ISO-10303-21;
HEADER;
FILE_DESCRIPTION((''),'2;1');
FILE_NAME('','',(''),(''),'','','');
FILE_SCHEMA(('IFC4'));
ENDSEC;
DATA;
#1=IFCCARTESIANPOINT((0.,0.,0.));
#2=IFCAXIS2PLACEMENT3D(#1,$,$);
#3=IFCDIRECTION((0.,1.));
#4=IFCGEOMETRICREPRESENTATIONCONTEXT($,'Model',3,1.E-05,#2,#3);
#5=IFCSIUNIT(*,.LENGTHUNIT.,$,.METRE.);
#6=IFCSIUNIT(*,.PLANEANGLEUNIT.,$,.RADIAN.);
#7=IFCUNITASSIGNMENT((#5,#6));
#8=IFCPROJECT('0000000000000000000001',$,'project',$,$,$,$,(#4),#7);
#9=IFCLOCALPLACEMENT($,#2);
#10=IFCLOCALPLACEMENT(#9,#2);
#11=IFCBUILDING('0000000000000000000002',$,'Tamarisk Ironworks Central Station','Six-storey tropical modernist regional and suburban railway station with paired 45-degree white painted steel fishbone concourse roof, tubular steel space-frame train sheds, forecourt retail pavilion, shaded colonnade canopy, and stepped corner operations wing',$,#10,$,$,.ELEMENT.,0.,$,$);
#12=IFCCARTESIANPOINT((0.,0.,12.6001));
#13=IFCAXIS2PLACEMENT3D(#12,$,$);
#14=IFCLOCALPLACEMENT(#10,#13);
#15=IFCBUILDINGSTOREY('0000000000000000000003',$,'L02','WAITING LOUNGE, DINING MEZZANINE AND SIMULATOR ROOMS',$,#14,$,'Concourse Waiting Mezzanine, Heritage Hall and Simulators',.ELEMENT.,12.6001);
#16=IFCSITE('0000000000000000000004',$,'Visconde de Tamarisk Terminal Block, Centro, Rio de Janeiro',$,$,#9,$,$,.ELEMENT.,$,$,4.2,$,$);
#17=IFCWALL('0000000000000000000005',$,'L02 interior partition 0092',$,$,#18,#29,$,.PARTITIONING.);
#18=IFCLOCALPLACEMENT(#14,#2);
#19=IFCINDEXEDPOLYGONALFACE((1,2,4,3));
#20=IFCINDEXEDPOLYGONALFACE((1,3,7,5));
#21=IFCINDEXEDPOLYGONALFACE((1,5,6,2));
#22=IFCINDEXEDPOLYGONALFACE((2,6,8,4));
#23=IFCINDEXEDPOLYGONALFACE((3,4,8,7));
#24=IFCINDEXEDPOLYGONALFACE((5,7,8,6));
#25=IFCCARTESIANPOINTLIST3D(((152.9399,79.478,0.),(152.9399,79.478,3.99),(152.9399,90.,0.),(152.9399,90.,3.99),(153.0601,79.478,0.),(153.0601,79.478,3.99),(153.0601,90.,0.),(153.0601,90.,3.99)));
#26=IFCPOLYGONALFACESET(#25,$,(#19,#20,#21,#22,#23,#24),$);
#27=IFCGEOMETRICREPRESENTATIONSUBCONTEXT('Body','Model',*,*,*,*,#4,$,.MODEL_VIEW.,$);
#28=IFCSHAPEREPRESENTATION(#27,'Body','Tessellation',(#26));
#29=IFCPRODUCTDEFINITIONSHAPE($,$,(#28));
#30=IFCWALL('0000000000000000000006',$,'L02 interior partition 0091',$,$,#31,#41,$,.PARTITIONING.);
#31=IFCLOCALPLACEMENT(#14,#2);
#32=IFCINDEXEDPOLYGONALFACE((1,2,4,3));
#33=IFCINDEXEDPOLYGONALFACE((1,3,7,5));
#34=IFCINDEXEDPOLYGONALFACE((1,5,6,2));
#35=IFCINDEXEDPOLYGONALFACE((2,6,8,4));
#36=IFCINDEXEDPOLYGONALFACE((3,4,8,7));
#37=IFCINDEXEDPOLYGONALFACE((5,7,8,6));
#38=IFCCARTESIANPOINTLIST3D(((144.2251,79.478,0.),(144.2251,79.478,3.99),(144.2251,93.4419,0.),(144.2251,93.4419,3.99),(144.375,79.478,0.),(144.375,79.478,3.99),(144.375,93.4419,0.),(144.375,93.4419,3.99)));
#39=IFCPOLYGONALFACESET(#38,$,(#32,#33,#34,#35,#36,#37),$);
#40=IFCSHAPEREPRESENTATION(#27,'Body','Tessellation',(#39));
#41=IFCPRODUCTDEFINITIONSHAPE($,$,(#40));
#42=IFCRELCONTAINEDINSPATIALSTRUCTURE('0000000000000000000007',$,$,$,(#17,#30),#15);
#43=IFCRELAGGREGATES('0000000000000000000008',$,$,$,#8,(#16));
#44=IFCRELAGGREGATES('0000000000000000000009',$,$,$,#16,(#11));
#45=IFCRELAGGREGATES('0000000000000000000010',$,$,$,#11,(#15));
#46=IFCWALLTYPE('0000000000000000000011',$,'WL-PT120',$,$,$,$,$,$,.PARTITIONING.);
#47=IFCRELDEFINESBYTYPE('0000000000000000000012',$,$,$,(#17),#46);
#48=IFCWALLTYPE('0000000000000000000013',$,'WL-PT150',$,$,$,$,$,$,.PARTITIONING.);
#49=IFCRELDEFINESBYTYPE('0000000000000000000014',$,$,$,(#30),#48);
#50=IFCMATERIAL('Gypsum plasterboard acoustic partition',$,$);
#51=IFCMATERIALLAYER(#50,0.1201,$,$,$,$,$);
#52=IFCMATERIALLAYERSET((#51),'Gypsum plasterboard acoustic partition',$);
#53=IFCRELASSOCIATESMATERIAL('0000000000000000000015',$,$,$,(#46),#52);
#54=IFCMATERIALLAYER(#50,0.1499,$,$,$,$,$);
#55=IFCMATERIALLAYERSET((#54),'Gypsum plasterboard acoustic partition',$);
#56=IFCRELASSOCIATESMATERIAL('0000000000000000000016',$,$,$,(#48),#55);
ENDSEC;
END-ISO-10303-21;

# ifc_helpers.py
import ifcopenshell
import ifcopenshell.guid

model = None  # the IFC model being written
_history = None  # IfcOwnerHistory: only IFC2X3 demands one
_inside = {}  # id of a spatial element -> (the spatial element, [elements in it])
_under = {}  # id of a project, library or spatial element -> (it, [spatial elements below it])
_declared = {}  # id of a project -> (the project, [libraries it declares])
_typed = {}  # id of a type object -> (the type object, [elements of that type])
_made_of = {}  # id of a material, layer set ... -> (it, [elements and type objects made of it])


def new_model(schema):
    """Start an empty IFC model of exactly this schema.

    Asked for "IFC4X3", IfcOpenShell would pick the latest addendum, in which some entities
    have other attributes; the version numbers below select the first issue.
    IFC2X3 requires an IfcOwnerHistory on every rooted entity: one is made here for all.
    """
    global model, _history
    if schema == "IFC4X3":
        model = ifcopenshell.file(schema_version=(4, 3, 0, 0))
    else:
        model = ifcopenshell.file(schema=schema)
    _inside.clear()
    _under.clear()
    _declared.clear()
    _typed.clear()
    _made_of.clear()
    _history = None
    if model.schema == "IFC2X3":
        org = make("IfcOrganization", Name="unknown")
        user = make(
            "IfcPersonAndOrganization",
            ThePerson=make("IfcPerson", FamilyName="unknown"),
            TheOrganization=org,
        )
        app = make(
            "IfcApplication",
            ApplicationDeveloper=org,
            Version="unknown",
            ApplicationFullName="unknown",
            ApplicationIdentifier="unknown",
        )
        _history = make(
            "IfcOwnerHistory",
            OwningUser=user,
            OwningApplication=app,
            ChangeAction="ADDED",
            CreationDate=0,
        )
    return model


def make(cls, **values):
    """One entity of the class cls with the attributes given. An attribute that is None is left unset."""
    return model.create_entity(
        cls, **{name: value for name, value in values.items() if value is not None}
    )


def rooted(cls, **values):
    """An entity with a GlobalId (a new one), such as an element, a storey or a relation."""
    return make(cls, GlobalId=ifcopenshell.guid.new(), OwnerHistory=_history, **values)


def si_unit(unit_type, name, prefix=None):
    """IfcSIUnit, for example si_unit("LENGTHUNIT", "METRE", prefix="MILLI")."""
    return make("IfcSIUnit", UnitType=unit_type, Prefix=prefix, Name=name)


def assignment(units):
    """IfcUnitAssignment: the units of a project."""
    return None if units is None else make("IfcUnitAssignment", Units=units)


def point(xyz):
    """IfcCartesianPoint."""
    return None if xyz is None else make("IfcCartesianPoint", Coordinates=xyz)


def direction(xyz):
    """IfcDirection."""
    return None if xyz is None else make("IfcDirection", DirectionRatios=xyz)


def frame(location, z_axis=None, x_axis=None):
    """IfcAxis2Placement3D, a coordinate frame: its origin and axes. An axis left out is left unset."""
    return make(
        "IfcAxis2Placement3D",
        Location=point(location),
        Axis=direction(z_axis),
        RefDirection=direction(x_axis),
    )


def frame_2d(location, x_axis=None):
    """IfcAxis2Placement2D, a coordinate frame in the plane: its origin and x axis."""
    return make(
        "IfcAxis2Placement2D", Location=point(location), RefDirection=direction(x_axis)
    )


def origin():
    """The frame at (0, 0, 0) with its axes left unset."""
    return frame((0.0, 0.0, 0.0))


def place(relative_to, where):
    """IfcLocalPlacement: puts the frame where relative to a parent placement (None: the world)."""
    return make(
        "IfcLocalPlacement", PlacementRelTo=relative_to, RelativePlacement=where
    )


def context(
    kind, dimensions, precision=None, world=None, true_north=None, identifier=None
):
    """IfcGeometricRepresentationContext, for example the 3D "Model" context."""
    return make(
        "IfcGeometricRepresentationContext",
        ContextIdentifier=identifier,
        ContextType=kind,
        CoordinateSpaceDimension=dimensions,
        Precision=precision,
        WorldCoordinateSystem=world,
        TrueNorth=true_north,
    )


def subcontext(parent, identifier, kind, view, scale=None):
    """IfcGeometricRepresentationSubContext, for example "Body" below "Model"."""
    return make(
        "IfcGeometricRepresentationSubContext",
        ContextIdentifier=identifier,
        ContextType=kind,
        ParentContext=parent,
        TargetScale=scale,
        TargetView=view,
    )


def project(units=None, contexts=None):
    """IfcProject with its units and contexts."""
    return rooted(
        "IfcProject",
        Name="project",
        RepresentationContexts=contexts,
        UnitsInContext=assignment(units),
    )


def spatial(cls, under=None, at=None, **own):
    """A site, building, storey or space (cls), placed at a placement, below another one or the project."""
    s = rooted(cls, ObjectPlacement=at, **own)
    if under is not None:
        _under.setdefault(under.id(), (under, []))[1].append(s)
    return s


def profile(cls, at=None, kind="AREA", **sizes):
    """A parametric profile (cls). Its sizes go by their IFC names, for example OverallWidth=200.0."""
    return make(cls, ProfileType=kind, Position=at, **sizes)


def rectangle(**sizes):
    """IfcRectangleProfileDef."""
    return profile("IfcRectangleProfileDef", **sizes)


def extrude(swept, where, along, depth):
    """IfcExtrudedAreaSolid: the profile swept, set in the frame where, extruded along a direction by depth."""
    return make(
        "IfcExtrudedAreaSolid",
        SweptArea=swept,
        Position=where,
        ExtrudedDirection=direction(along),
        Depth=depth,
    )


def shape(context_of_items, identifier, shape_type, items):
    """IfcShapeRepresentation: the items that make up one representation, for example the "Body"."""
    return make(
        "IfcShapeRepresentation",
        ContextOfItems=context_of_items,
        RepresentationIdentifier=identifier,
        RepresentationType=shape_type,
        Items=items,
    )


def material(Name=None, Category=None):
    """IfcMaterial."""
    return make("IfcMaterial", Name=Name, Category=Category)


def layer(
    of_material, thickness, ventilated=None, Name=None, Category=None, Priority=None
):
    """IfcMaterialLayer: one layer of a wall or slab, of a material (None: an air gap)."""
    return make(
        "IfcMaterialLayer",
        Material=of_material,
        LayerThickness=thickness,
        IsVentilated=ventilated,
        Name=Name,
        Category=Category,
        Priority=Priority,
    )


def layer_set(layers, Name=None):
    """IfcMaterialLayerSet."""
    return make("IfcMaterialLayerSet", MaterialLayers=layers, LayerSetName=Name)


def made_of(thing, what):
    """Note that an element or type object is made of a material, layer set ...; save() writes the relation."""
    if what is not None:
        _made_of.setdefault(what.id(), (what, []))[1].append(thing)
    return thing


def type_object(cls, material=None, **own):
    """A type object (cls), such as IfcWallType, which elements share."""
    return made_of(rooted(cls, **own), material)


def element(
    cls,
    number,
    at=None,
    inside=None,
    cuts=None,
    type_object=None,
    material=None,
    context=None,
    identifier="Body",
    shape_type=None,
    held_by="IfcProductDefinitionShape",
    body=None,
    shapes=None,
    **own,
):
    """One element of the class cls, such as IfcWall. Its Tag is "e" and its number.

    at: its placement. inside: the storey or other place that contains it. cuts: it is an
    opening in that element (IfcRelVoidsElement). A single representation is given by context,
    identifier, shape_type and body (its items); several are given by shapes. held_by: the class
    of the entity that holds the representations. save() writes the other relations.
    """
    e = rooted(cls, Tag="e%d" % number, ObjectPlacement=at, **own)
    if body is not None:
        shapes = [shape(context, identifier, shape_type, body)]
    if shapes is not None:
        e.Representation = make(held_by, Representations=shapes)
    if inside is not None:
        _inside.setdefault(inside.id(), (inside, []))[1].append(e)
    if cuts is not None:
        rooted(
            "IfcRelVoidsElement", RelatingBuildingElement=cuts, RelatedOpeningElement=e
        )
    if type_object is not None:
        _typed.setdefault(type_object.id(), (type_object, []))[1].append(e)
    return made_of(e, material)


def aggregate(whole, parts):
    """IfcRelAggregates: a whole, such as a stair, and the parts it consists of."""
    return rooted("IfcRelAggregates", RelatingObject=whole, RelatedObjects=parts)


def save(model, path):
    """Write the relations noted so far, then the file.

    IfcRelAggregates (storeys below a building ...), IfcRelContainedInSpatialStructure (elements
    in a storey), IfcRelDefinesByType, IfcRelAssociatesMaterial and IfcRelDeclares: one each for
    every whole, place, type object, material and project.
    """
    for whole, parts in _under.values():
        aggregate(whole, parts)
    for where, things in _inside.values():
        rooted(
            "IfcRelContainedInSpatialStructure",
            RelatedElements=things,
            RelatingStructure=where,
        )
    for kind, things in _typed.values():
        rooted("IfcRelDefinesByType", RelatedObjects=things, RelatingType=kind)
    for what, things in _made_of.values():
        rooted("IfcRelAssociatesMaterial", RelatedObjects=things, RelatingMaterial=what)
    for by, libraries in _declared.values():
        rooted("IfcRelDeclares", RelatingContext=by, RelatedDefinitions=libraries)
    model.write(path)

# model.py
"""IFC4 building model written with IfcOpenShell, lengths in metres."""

from ifc_helpers import new_model, si_unit, direction, frame, frame_2d, origin, place, context, subcontext, project, spatial, rectangle, extrude, material, layer, layer_set, type_object, element, save


model = new_model("IFC4")

# Units and contexts
model_context = context("Model", 3, precision=1e-05, world=origin(), true_north=direction((0.0, 1.0)))
body_context = subcontext(model_context, "Body", "Model", "MODEL_VIEW")
ifc_project = project(units=[si_unit("LENGTHUNIT", "METRE"), si_unit("PLANEANGLEUNIT", "RADIAN")], contexts=[model_context])

# Site, building, storey
site_placement = place(None, origin())
site = spatial("IfcSite", under=ifc_project, at=site_placement, Name="Visconde de Tamarisk Terminal Block, Centro, Rio de Janeiro", CompositionType="ELEMENT", RefElevation=4.2)
building_placement = place(site_placement, origin())
building = spatial("IfcBuilding", under=site, at=building_placement, Name="Tamarisk Ironworks Central Station", Description="Six-storey tropical modernist regional and suburban railway station with paired 45-degree white painted steel fishbone concourse roof, tubular steel space-frame train sheds, forecourt retail pavilion, shaded colonnade canopy, and stepped corner operations wing", CompositionType="ELEMENT", ElevationOfRefHeight=0.0)
storey_placement = place(building_placement, frame((0.0, 0.0, 12.6001)))
storey = spatial("IfcBuildingStorey", under=building, at=storey_placement, Name="L02", Description="WAITING LOUNGE, DINING MEZZANINE AND SIMULATOR ROOMS", LongName="Concourse Waiting Mezzanine, Heritage Hall and Simulators", CompositionType="ELEMENT", Elevation=12.6001)

# Walls
ifc_material_1 = material(Name="Gypsum plasterboard acoustic partition")
ifc_layer_1 = layer(ifc_material_1, 0.1201)
ifc_layer_set_1 = layer_set([ifc_layer_1], Name="Gypsum plasterboard acoustic partition")
wall_type_1 = type_object("IfcWallType", Name="WL-PT120", PredefinedType="PARTITIONING", material=ifc_layer_set_1)
wall_1_placement = place(storey_placement, frame((153.0, 79.478, 0.0), z_axis=(0.0, 0.0, 1.0), x_axis=(0.0, 1.0, 0.0)))
element("IfcWall", 1, at=wall_1_placement, inside=storey, type_object=wall_type_1, Name="L02 interior partition 0092", PredefinedType="PARTITIONING", context=body_context, shape_type="SweptSolid", body=[
    extrude(rectangle(XDim=10.522, YDim=0.1201, at=frame_2d((5.261, 0.0))), origin(), (0.0, 0.0, 1.0), 3.99),
])
ifc_layer_2 = layer(ifc_material_1, 0.1499)
ifc_layer_set_2 = layer_set([ifc_layer_2], Name="Gypsum plasterboard acoustic partition")
wall_type_2 = type_object("IfcWallType", Name="WL-PT150", PredefinedType="PARTITIONING", material=ifc_layer_set_2)
wall_2_placement = place(storey_placement, frame((144.3, 79.478, 0.0), z_axis=(0.0, 0.0, 1.0), x_axis=(0.0, 1.0, 0.0)))
element("IfcWall", 2, at=wall_2_placement, inside=storey, type_object=wall_type_2, Name="L02 interior partition 0091", PredefinedType="PARTITIONING", context=body_context, shape_type="SweptSolid", body=[
    extrude(rectangle(XDim=13.9639, YDim=0.1499, at=frame_2d((6.9819, 0.0))), origin(), (0.0, 0.0, 1.0), 3.99),
])

save(model, "model.ifc")
